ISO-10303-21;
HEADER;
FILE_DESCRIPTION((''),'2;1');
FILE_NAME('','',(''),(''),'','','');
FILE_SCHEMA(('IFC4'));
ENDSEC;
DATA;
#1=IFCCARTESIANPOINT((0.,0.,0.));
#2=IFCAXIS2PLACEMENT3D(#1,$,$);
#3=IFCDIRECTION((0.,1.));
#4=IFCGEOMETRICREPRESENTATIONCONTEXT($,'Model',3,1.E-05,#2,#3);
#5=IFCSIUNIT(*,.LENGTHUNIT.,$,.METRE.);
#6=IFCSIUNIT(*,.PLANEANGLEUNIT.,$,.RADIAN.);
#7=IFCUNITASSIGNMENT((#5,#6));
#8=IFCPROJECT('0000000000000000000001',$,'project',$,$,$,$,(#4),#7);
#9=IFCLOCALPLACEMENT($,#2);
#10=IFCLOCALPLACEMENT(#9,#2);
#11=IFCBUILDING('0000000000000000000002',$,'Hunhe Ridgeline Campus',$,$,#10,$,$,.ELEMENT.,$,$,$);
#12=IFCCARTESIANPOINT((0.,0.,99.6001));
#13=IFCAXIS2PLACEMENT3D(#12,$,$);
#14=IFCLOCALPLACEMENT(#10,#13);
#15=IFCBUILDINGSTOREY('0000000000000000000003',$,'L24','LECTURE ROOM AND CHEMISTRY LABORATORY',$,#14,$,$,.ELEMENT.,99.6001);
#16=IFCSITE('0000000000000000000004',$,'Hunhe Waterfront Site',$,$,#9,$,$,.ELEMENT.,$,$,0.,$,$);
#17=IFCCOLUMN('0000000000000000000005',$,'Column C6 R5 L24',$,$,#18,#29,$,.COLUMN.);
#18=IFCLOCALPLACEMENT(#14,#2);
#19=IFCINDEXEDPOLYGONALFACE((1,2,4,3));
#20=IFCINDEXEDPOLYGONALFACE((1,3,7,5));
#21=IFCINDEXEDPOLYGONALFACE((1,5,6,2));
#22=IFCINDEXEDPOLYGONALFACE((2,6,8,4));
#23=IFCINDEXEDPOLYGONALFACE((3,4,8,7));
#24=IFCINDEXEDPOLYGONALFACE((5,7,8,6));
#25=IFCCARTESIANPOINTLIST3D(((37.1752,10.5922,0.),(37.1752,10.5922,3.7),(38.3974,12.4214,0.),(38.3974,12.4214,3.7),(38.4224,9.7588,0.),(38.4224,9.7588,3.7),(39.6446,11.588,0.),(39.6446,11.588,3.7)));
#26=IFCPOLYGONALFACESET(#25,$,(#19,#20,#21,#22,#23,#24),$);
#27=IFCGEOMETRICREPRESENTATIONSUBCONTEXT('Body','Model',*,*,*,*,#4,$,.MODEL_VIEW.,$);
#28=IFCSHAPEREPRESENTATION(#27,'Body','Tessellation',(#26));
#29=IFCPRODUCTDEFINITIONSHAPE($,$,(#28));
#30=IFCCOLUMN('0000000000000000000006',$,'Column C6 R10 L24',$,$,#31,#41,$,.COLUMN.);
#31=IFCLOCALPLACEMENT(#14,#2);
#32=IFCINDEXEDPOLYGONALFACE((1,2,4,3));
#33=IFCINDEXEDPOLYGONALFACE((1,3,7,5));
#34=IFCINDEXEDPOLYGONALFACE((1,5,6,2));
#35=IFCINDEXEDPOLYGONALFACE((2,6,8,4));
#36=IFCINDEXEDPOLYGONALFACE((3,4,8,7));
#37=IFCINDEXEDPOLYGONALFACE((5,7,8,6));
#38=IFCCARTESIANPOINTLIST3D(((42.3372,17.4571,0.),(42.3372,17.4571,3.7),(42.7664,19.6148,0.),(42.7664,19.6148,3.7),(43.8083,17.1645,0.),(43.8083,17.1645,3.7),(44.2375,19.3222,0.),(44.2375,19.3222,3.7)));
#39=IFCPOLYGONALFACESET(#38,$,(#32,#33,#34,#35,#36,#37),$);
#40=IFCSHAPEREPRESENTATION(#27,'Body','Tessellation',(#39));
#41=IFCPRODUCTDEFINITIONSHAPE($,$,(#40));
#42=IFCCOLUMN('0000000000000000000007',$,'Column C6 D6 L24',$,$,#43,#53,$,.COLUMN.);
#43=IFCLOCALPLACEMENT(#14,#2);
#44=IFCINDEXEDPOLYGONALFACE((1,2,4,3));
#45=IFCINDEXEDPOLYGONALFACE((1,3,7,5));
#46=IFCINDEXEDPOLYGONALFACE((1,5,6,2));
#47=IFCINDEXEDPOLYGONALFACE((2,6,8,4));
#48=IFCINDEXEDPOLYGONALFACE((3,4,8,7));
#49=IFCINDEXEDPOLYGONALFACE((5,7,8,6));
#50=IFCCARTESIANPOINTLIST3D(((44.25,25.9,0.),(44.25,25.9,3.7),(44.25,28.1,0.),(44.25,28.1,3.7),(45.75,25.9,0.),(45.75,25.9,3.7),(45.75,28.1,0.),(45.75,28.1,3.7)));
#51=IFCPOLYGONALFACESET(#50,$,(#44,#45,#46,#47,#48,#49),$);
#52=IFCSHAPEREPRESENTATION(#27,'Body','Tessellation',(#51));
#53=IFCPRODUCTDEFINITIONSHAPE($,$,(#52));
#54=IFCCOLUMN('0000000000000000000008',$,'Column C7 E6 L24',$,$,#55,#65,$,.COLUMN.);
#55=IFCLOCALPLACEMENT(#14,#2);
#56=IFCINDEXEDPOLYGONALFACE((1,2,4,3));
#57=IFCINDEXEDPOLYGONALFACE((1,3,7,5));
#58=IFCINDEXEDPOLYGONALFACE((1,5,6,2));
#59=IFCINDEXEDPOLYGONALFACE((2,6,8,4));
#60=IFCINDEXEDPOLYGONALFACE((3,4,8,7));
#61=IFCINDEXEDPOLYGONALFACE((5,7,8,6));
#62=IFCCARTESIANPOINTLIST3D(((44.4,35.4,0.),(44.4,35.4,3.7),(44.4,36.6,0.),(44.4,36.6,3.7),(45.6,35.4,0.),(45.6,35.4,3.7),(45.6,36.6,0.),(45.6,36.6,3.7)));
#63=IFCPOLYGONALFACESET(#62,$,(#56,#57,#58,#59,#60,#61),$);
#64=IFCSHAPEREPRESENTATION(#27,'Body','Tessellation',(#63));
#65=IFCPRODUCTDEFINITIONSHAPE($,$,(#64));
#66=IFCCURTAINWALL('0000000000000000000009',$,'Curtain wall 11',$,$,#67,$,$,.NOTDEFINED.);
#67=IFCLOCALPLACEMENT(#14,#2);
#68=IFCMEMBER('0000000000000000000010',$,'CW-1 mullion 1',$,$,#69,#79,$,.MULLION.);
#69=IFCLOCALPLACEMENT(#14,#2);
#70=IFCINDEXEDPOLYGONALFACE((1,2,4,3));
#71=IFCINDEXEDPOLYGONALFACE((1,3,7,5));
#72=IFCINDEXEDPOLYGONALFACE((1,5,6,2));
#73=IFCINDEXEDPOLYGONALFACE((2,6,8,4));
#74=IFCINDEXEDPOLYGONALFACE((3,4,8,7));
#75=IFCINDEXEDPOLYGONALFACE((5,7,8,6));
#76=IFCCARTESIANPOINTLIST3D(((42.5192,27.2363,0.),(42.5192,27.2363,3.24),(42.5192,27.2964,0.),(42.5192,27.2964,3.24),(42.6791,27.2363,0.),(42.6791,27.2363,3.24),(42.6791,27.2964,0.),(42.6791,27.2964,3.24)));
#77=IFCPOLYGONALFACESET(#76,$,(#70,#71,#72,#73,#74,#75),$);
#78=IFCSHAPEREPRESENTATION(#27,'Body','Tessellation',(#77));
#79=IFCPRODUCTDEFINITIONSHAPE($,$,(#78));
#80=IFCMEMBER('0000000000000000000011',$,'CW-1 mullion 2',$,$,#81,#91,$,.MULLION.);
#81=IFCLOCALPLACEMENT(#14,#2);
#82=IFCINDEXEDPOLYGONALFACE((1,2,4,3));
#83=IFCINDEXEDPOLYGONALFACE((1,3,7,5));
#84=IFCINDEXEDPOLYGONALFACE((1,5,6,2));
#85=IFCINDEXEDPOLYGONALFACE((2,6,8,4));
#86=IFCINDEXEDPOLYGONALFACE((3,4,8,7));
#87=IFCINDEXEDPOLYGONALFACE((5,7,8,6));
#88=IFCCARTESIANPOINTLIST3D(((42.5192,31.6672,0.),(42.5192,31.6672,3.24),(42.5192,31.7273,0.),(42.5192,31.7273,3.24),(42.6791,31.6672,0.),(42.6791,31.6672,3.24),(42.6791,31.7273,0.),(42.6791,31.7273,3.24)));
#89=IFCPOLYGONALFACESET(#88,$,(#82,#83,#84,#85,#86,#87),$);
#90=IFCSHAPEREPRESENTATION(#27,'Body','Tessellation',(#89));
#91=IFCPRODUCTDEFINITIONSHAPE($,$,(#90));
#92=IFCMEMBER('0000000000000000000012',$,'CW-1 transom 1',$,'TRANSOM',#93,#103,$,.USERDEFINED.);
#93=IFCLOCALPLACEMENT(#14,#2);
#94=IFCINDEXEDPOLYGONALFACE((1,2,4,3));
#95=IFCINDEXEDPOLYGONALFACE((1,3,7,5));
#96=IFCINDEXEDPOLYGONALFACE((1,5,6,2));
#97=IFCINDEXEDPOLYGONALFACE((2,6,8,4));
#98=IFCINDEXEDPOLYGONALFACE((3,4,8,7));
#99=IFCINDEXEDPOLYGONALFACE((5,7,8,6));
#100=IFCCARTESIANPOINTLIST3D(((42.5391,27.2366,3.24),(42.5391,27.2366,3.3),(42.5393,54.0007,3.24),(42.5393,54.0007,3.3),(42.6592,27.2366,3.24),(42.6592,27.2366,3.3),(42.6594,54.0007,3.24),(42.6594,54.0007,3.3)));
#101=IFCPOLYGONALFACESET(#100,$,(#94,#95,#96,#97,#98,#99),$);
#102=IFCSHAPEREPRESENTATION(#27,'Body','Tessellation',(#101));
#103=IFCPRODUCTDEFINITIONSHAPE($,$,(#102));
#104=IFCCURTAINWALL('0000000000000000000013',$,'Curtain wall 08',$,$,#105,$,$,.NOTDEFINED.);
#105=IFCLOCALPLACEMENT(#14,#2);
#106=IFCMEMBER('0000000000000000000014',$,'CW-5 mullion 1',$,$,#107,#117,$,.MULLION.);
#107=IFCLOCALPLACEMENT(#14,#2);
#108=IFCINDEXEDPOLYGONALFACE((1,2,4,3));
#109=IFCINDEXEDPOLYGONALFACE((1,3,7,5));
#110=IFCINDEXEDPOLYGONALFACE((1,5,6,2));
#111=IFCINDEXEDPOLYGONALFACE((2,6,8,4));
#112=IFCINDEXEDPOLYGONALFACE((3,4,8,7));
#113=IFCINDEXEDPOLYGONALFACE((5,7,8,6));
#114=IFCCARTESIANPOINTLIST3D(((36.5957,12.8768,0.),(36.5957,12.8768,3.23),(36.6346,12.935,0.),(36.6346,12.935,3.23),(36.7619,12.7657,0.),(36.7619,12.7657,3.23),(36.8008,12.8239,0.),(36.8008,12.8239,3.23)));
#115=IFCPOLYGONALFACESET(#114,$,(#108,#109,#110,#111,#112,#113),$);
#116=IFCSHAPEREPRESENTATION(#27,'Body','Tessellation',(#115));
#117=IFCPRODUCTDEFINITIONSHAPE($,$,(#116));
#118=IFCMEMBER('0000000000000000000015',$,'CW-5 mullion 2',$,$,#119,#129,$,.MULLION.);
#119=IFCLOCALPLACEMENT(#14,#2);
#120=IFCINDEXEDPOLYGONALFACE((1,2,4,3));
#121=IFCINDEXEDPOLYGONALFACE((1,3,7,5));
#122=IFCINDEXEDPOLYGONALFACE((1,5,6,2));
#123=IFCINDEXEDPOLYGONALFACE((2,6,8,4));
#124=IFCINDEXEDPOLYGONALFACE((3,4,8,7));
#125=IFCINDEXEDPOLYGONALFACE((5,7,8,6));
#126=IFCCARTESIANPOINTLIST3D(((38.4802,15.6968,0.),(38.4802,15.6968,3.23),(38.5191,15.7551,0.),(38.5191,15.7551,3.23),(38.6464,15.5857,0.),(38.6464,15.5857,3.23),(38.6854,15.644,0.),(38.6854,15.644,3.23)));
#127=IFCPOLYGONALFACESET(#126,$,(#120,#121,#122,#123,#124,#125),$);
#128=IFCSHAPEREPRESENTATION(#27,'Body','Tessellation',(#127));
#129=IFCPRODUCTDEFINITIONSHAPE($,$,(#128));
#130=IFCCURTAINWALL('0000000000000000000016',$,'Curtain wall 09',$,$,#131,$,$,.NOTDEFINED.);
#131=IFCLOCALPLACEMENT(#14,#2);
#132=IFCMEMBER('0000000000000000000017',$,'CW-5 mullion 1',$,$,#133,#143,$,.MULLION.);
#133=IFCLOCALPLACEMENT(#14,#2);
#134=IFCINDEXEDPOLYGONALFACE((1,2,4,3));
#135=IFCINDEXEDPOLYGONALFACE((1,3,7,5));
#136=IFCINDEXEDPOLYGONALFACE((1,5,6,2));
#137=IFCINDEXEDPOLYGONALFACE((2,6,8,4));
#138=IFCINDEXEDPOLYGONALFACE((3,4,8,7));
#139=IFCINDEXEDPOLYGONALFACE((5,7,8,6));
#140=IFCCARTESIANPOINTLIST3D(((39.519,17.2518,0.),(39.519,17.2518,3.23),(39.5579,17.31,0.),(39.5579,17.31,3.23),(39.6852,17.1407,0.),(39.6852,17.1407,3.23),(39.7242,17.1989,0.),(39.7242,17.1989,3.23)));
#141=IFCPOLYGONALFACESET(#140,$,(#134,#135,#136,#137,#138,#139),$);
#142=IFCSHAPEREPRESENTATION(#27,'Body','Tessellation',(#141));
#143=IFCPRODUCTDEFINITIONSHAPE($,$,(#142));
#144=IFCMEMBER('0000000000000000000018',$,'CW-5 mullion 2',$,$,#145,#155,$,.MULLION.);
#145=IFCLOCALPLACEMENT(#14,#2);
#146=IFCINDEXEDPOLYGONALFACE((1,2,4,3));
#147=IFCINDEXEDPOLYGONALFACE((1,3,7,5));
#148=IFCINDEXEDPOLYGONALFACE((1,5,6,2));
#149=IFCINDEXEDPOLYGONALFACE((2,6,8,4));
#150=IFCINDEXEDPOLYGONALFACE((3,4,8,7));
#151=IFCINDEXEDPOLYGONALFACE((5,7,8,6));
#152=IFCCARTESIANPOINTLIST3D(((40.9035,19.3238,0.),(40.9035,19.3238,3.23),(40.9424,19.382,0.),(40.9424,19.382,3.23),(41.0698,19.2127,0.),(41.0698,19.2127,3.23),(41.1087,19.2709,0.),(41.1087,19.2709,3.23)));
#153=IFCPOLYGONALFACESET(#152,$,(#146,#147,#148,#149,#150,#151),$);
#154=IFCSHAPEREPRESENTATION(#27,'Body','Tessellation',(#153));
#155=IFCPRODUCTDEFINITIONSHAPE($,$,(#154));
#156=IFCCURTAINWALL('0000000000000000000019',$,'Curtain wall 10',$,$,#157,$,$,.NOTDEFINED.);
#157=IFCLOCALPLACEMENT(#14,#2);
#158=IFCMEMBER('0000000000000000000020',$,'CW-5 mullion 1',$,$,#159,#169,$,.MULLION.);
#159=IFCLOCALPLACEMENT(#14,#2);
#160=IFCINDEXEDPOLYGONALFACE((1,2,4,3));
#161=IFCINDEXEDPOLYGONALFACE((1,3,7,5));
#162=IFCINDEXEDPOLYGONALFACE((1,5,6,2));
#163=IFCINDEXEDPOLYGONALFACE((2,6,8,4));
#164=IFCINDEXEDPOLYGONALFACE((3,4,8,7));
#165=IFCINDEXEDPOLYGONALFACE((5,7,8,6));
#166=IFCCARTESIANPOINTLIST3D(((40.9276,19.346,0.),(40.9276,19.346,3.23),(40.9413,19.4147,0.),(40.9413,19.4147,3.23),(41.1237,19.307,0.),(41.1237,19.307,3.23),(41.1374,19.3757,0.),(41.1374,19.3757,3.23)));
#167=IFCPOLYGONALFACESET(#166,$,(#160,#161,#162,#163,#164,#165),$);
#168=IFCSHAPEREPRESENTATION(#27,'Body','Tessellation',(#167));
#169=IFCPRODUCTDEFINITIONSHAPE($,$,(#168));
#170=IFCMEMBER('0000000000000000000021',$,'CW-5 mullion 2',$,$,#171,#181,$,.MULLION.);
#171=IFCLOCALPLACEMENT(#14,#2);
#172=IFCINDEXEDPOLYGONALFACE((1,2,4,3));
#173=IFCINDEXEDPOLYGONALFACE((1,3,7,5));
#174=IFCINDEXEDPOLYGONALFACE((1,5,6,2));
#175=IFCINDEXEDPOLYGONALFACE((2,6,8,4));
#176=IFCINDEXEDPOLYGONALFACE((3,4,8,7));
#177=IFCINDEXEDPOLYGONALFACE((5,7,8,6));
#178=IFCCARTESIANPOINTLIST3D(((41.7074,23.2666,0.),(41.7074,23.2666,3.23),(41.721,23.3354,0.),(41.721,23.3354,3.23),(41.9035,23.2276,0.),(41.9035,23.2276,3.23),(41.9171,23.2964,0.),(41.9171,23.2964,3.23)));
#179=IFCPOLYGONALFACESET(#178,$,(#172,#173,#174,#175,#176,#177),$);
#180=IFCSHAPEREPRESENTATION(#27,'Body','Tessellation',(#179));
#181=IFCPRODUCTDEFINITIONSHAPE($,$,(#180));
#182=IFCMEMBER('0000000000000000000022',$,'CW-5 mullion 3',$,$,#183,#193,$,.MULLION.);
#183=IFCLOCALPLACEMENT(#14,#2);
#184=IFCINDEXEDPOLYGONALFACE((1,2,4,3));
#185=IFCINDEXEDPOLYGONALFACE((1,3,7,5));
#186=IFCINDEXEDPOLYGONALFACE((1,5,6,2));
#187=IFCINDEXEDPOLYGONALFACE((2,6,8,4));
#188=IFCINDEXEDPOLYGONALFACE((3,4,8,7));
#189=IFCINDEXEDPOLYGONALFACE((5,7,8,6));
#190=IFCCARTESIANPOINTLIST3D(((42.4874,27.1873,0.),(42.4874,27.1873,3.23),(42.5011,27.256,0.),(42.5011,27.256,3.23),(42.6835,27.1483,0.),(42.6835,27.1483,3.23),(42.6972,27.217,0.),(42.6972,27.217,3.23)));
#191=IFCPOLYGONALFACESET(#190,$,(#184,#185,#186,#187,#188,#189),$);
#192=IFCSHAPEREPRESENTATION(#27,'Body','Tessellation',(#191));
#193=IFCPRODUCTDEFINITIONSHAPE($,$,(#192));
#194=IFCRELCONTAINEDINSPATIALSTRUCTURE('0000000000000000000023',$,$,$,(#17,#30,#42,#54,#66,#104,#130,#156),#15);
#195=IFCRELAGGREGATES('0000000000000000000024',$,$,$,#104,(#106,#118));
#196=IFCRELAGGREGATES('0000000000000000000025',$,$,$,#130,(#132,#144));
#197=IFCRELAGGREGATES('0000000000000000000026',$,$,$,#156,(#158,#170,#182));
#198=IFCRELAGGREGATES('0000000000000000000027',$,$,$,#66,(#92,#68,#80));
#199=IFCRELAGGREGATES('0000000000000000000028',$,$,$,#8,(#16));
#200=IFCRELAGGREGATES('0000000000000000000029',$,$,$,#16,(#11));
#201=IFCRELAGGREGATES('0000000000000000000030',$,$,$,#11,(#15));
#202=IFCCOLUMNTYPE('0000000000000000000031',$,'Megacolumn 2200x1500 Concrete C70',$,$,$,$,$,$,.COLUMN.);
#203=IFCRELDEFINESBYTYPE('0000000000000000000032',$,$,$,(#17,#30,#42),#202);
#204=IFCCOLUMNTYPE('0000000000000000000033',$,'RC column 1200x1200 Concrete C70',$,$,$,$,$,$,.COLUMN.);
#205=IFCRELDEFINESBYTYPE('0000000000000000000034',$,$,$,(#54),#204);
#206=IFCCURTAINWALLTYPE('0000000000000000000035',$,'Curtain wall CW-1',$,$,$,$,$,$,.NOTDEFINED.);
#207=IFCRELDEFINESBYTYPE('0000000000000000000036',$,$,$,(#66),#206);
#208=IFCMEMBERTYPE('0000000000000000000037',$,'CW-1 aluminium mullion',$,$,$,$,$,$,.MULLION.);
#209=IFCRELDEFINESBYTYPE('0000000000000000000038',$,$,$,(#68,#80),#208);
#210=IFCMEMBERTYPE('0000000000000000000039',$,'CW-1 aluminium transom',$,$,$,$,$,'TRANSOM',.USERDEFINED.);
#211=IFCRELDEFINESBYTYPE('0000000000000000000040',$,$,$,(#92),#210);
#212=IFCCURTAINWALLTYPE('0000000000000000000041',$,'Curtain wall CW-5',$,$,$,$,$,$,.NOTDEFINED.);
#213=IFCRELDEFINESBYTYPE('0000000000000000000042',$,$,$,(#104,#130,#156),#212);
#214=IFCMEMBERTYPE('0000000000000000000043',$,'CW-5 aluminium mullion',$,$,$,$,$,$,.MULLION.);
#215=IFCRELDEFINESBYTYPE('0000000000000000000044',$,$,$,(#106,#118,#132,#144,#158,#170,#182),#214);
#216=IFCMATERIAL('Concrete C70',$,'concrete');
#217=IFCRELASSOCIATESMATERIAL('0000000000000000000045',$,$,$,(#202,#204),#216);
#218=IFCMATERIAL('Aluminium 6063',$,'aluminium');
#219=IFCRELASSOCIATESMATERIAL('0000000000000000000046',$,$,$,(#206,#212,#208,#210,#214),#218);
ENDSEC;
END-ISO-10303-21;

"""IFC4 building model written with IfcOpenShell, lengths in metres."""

from ifc_helpers import new_model, si_unit, direction, frame, origin, origin_2d, place, context, subcontext, project, spatial, rectangle, extrude, material, material_profile, profile_set, type_object, element, aggregate, save


model = new_model("IFC4")

# Units and contexts
model_context = context("Model", 3, precision=1e-05, world=origin(), true_north=direction((0.0, 1.0)))
body_context = subcontext(model_context, "Body", "Model", "MODEL_VIEW")
ifc_project = project(units=[si_unit("LENGTHUNIT", "METRE"), si_unit("PLANEANGLEUNIT", "RADIAN")], contexts=[model_context])

# Site, building, storey
site_placement = place(None, origin())
site = spatial("IfcSite", under=ifc_project, at=site_placement, Name="Hunhe Waterfront Site", CompositionType="ELEMENT", RefElevation=0.0)
building_placement = place(site_placement, origin())
building = spatial("IfcBuilding", under=site, at=building_placement, Name="Hunhe Ridgeline Campus", CompositionType="ELEMENT")
storey_placement = place(building_placement, frame((0.0, 0.0, 99.6001)))
storey = spatial("IfcBuildingStorey", under=building, at=storey_placement, Name="L24", Description="LECTURE ROOM AND CHEMISTRY LABORATORY", CompositionType="ELEMENT", Elevation=99.6001)

# Columns
ifc_material_1 = material(Name="Concrete C70", Category="concrete")
ifc_material_profile_1 = material_profile(ifc_material_1, rectangle(XDim=2.2, YDim=1.5, at=origin_2d()))
ifc_profile_set_1 = profile_set([ifc_material_profile_1], Name="Concrete C70")
column_type_1 = type_object("IfcColumnType", Name="Megacolumn 2200x1500 Concrete C70", PredefinedType="COLUMN", material=ifc_profile_set_1)
for number, where, z_axis, x_axis, name in (
    (1, (38.4099, 11.0901, 0.0), (0.0, 0.0, 1.0), (0.55557, 0.83147, 0.0), "Column C6 R5 L24"),
    (2, (43.2874, 18.3896, 0.0), (0.0, 0.0, 1.0), (0.19509, 0.980785, 0.0), "Column C6 R10 L24"),
    (3, (45.0, 27.0, 0.0), (0.0, 0.0, 1.0), (0.0, 1.0, 0.0), "Column C6 D6 L24"),
):
    element("IfcColumn", number, at=place(storey_placement, frame(where, z_axis=z_axis, x_axis=x_axis)), inside=storey, type_object=column_type_1, Name=name, PredefinedType="COLUMN", context=body_context, shape_type="SweptSolid", body=[
        extrude(rectangle(XDim=2.2, YDim=1.5, at=origin_2d()), origin(), (0.0, 0.0, 1.0), 3.7),
    ])
ifc_material_profile_2 = material_profile(ifc_material_1, rectangle(XDim=1.2, YDim=1.2, at=origin_2d()))
ifc_profile_set_2 = profile_set([ifc_material_profile_2], Name="Concrete C70")
column_type_2 = type_object("IfcColumnType", Name="RC column 1200x1200 Concrete C70", PredefinedType="COLUMN", material=ifc_profile_set_2)
column_placement = place(storey_placement, frame((45.0, 36.0, 0.0), z_axis=(0.0, 0.0, 1.0), x_axis=(1.0, 0.0, 0.0)))
element("IfcColumn", 4, at=column_placement, inside=storey, type_object=column_type_2, Name="Column C7 E6 L24", PredefinedType="COLUMN", context=body_context, shape_type="SweptSolid", body=[
    extrude(rectangle(XDim=1.2, YDim=1.2, at=origin_2d()), origin(), (0.0, 0.0, 1.0), 3.7),
])

# Curtain walls, members
ifc_material_2 = material(Name="Aluminium 6063", Category="aluminium")
curtain_wall_type_1 = type_object("IfcCurtainWallType", Name="Curtain wall CW-1", PredefinedType="NOTDEFINED", material=ifc_material_2)
curtain_wall_1_placement = place(storey_placement, origin())
curtain_wall_1 = element("IfcCurtainWall", 5, at=curtain_wall_1_placement, inside=storey, type_object=curtain_wall_type_1, Name="Curtain wall 11", PredefinedType="NOTDEFINED")
ifc_material_profile_3 = material_profile(ifc_material_2, rectangle(XDim=0.1599, YDim=0.0601, at=origin_2d()))
ifc_profile_set_3 = profile_set([ifc_material_profile_3], Name="Aluminium 6063")
member_type_1 = type_object("IfcMemberType", Name="CW-1 aluminium mullion", PredefinedType="MULLION", material=ifc_profile_set_3)
member_1_placement = place(storey_placement, frame((42.5991, 27.2664, 0.0), z_axis=(0.0, 0.0, 1.0), x_axis=(-1.0, 0.000011, 0.0)))
member_1 = element("IfcMember", 6, at=member_1_placement, type_object=member_type_1, Name="CW-1 mullion 1", PredefinedType="MULLION", context=body_context, shape_type="SweptSolid", body=[
    extrude(rectangle(XDim=0.1599, YDim=0.0601, at=origin_2d()), origin(), (0.0, 0.0, 1.0), 3.24),
])
member_2_placement = place(storey_placement, frame((42.5991, 31.6973, 0.0), z_axis=(0.0, 0.0, 1.0), x_axis=(-1.0, 0.000011, 0.0)))
member_2 = element("IfcMember", 7, at=member_2_placement, type_object=member_type_1, Name="CW-1 mullion 2", PredefinedType="MULLION", context=body_context, shape_type="SweptSolid", body=[
    extrude(rectangle(XDim=0.1599, YDim=0.0601, at=origin_2d()), origin(), (0.0, 0.0, 1.0), 3.24),
])
ifc_material_profile_4 = material_profile(ifc_material_2, rectangle(XDim=0.1201, YDim=0.0601, at=origin_2d()))
ifc_profile_set_4 = profile_set([ifc_material_profile_4], Name="Aluminium 6063")
member_type_2 = type_object("IfcMemberType", Name="CW-1 aluminium transom", ElementType="TRANSOM", PredefinedType="USERDEFINED", material=ifc_profile_set_4)
member_3_placement = place(storey_placement, frame((42.5991, 27.2366, 3.27), z_axis=(0.000009, 1.0, 0.0), x_axis=(-1.0, 0.000009, 0.0)))
member_3 = element("IfcMember", 8, at=member_3_placement, type_object=member_type_2, Name="CW-1 transom 1", ObjectType="TRANSOM", PredefinedType="USERDEFINED", context=body_context, shape_type="SweptSolid", body=[
    extrude(rectangle(XDim=0.1201, YDim=0.0601, at=origin_2d()), origin(), (0.0, 0.0, 1.0), 26.7642),
])
curtain_wall_type_2 = type_object("IfcCurtainWallType", Name="Curtain wall CW-5", PredefinedType="NOTDEFINED", material=ifc_material_2)
curtain_wall_2_placement = place(storey_placement, origin())
curtain_wall_2 = element("IfcCurtainWall", 9, at=curtain_wall_2_placement, inside=storey, type_object=curtain_wall_type_2, Name="Curtain wall 08", PredefinedType="NOTDEFINED")
ifc_material_profile_5 = material_profile(ifc_material_2, rectangle(XDim=0.2, YDim=0.0701, at=origin_2d()))
ifc_profile_set_5 = profile_set([ifc_material_profile_5], Name="Aluminium 6063")
member_type_3 = type_object("IfcMemberType", Name="CW-5 aluminium mullion", PredefinedType="MULLION", material=ifc_profile_set_5)
member_4_placement = place(storey_placement, frame((36.6982, 12.8503, 0.0), z_axis=(0.0, 0.0, 1.0), x_axis=(-0.83147, 0.55557, 0.0)))
member_4 = element("IfcMember", 10, at=member_4_placement, type_object=member_type_3, Name="CW-5 mullion 1", PredefinedType="MULLION", context=body_context, shape_type="SweptSolid", body=[
    extrude(rectangle(XDim=0.2, YDim=0.0701, at=origin_2d()), origin(), (0.0, 0.0, 1.0), 3.23),
])
member_5_placement = place(storey_placement, frame((38.5828, 15.6704, 0.0), z_axis=(0.0, 0.0, 1.0), x_axis=(-0.83147, 0.55557, 0.0)))
member_5 = element("IfcMember", 11, at=member_5_placement, type_object=member_type_3, Name="CW-5 mullion 2", PredefinedType="MULLION", context=body_context, shape_type="SweptSolid", body=[
    extrude(rectangle(XDim=0.2, YDim=0.0701, at=origin_2d()), origin(), (0.0, 0.0, 1.0), 3.23),
])
curtain_wall_3_placement = place(storey_placement, origin())
curtain_wall_3 = element("IfcCurtainWall", 12, at=curtain_wall_3_placement, inside=storey, type_object=curtain_wall_type_2, Name="Curtain wall 09", PredefinedType="NOTDEFINED")
member_6_placement = place(storey_placement, frame((39.6216, 17.2253, 0.0), z_axis=(0.0, 0.0, 1.0), x_axis=(-0.83147, 0.55557, 0.0)))
member_6 = element("IfcMember", 13, at=member_6_placement, type_object=member_type_3, Name="CW-5 mullion 1", PredefinedType="MULLION", context=body_context, shape_type="SweptSolid", body=[
    extrude(rectangle(XDim=0.2, YDim=0.0701, at=origin_2d()), origin(), (0.0, 0.0, 1.0), 3.23),
])
member_7_placement = place(storey_placement, frame((41.0061, 19.2974, 0.0), z_axis=(0.0, 0.0, 1.0), x_axis=(-0.83147, 0.55557, 0.0)))
member_7 = element("IfcMember", 14, at=member_7_placement, type_object=member_type_3, Name="CW-5 mullion 2", PredefinedType="MULLION", context=body_context, shape_type="SweptSolid", body=[
    extrude(rectangle(XDim=0.2, YDim=0.0701, at=origin_2d()), origin(), (0.0, 0.0, 1.0), 3.23),
])
curtain_wall_4_placement = place(storey_placement, origin())
curtain_wall_4 = element("IfcCurtainWall", 15, at=curtain_wall_4_placement, inside=storey, type_object=curtain_wall_type_2, Name="Curtain wall 10", PredefinedType="NOTDEFINED")
member_8_placement = place(storey_placement, frame((41.0325, 19.3608, 0.0), z_axis=(0.0, 0.0, 1.0), x_axis=(-0.980785, 0.19509, 0.0)))
member_8 = element("IfcMember", 16, at=member_8_placement, type_object=member_type_3, Name="CW-5 mullion 1", PredefinedType="MULLION", context=body_context, shape_type="SweptSolid", body=[
    extrude(rectangle(XDim=0.2, YDim=0.0701, at=origin_2d()), origin(), (0.0, 0.0, 1.0), 3.23),
])
member_9_placement = place(storey_placement, frame((41.8123, 23.2815, 0.0), z_axis=(0.0, 0.0, 1.0), x_axis=(-0.980785, 0.19509, 0.0)))
member_9 = element("IfcMember", 17, at=member_9_placement, type_object=member_type_3, Name="CW-5 mullion 2", PredefinedType="MULLION", context=body_context, shape_type="SweptSolid", body=[
    extrude(rectangle(XDim=0.2, YDim=0.0701, at=origin_2d()), origin(), (0.0, 0.0, 1.0), 3.23),
])
member_10_placement = place(storey_placement, frame((42.5923, 27.2021, 0.0), z_axis=(0.0, 0.0, 1.0), x_axis=(-0.980785, 0.19509, 0.0)))
member_10 = element("IfcMember", 18, at=member_10_placement, type_object=member_type_3, Name="CW-5 mullion 3", PredefinedType="MULLION", context=body_context, shape_type="SweptSolid", body=[
    extrude(rectangle(XDim=0.2, YDim=0.0701, at=origin_2d()), origin(), (0.0, 0.0, 1.0), 3.23),
])

aggregate(curtain_wall_2, [member_4, member_5])
aggregate(curtain_wall_3, [member_6, member_7])
aggregate(curtain_wall_4, [member_8, member_9, member_10])
aggregate(curtain_wall_1, [member_3, member_1, member_2])

save(model, "model.ifc")
